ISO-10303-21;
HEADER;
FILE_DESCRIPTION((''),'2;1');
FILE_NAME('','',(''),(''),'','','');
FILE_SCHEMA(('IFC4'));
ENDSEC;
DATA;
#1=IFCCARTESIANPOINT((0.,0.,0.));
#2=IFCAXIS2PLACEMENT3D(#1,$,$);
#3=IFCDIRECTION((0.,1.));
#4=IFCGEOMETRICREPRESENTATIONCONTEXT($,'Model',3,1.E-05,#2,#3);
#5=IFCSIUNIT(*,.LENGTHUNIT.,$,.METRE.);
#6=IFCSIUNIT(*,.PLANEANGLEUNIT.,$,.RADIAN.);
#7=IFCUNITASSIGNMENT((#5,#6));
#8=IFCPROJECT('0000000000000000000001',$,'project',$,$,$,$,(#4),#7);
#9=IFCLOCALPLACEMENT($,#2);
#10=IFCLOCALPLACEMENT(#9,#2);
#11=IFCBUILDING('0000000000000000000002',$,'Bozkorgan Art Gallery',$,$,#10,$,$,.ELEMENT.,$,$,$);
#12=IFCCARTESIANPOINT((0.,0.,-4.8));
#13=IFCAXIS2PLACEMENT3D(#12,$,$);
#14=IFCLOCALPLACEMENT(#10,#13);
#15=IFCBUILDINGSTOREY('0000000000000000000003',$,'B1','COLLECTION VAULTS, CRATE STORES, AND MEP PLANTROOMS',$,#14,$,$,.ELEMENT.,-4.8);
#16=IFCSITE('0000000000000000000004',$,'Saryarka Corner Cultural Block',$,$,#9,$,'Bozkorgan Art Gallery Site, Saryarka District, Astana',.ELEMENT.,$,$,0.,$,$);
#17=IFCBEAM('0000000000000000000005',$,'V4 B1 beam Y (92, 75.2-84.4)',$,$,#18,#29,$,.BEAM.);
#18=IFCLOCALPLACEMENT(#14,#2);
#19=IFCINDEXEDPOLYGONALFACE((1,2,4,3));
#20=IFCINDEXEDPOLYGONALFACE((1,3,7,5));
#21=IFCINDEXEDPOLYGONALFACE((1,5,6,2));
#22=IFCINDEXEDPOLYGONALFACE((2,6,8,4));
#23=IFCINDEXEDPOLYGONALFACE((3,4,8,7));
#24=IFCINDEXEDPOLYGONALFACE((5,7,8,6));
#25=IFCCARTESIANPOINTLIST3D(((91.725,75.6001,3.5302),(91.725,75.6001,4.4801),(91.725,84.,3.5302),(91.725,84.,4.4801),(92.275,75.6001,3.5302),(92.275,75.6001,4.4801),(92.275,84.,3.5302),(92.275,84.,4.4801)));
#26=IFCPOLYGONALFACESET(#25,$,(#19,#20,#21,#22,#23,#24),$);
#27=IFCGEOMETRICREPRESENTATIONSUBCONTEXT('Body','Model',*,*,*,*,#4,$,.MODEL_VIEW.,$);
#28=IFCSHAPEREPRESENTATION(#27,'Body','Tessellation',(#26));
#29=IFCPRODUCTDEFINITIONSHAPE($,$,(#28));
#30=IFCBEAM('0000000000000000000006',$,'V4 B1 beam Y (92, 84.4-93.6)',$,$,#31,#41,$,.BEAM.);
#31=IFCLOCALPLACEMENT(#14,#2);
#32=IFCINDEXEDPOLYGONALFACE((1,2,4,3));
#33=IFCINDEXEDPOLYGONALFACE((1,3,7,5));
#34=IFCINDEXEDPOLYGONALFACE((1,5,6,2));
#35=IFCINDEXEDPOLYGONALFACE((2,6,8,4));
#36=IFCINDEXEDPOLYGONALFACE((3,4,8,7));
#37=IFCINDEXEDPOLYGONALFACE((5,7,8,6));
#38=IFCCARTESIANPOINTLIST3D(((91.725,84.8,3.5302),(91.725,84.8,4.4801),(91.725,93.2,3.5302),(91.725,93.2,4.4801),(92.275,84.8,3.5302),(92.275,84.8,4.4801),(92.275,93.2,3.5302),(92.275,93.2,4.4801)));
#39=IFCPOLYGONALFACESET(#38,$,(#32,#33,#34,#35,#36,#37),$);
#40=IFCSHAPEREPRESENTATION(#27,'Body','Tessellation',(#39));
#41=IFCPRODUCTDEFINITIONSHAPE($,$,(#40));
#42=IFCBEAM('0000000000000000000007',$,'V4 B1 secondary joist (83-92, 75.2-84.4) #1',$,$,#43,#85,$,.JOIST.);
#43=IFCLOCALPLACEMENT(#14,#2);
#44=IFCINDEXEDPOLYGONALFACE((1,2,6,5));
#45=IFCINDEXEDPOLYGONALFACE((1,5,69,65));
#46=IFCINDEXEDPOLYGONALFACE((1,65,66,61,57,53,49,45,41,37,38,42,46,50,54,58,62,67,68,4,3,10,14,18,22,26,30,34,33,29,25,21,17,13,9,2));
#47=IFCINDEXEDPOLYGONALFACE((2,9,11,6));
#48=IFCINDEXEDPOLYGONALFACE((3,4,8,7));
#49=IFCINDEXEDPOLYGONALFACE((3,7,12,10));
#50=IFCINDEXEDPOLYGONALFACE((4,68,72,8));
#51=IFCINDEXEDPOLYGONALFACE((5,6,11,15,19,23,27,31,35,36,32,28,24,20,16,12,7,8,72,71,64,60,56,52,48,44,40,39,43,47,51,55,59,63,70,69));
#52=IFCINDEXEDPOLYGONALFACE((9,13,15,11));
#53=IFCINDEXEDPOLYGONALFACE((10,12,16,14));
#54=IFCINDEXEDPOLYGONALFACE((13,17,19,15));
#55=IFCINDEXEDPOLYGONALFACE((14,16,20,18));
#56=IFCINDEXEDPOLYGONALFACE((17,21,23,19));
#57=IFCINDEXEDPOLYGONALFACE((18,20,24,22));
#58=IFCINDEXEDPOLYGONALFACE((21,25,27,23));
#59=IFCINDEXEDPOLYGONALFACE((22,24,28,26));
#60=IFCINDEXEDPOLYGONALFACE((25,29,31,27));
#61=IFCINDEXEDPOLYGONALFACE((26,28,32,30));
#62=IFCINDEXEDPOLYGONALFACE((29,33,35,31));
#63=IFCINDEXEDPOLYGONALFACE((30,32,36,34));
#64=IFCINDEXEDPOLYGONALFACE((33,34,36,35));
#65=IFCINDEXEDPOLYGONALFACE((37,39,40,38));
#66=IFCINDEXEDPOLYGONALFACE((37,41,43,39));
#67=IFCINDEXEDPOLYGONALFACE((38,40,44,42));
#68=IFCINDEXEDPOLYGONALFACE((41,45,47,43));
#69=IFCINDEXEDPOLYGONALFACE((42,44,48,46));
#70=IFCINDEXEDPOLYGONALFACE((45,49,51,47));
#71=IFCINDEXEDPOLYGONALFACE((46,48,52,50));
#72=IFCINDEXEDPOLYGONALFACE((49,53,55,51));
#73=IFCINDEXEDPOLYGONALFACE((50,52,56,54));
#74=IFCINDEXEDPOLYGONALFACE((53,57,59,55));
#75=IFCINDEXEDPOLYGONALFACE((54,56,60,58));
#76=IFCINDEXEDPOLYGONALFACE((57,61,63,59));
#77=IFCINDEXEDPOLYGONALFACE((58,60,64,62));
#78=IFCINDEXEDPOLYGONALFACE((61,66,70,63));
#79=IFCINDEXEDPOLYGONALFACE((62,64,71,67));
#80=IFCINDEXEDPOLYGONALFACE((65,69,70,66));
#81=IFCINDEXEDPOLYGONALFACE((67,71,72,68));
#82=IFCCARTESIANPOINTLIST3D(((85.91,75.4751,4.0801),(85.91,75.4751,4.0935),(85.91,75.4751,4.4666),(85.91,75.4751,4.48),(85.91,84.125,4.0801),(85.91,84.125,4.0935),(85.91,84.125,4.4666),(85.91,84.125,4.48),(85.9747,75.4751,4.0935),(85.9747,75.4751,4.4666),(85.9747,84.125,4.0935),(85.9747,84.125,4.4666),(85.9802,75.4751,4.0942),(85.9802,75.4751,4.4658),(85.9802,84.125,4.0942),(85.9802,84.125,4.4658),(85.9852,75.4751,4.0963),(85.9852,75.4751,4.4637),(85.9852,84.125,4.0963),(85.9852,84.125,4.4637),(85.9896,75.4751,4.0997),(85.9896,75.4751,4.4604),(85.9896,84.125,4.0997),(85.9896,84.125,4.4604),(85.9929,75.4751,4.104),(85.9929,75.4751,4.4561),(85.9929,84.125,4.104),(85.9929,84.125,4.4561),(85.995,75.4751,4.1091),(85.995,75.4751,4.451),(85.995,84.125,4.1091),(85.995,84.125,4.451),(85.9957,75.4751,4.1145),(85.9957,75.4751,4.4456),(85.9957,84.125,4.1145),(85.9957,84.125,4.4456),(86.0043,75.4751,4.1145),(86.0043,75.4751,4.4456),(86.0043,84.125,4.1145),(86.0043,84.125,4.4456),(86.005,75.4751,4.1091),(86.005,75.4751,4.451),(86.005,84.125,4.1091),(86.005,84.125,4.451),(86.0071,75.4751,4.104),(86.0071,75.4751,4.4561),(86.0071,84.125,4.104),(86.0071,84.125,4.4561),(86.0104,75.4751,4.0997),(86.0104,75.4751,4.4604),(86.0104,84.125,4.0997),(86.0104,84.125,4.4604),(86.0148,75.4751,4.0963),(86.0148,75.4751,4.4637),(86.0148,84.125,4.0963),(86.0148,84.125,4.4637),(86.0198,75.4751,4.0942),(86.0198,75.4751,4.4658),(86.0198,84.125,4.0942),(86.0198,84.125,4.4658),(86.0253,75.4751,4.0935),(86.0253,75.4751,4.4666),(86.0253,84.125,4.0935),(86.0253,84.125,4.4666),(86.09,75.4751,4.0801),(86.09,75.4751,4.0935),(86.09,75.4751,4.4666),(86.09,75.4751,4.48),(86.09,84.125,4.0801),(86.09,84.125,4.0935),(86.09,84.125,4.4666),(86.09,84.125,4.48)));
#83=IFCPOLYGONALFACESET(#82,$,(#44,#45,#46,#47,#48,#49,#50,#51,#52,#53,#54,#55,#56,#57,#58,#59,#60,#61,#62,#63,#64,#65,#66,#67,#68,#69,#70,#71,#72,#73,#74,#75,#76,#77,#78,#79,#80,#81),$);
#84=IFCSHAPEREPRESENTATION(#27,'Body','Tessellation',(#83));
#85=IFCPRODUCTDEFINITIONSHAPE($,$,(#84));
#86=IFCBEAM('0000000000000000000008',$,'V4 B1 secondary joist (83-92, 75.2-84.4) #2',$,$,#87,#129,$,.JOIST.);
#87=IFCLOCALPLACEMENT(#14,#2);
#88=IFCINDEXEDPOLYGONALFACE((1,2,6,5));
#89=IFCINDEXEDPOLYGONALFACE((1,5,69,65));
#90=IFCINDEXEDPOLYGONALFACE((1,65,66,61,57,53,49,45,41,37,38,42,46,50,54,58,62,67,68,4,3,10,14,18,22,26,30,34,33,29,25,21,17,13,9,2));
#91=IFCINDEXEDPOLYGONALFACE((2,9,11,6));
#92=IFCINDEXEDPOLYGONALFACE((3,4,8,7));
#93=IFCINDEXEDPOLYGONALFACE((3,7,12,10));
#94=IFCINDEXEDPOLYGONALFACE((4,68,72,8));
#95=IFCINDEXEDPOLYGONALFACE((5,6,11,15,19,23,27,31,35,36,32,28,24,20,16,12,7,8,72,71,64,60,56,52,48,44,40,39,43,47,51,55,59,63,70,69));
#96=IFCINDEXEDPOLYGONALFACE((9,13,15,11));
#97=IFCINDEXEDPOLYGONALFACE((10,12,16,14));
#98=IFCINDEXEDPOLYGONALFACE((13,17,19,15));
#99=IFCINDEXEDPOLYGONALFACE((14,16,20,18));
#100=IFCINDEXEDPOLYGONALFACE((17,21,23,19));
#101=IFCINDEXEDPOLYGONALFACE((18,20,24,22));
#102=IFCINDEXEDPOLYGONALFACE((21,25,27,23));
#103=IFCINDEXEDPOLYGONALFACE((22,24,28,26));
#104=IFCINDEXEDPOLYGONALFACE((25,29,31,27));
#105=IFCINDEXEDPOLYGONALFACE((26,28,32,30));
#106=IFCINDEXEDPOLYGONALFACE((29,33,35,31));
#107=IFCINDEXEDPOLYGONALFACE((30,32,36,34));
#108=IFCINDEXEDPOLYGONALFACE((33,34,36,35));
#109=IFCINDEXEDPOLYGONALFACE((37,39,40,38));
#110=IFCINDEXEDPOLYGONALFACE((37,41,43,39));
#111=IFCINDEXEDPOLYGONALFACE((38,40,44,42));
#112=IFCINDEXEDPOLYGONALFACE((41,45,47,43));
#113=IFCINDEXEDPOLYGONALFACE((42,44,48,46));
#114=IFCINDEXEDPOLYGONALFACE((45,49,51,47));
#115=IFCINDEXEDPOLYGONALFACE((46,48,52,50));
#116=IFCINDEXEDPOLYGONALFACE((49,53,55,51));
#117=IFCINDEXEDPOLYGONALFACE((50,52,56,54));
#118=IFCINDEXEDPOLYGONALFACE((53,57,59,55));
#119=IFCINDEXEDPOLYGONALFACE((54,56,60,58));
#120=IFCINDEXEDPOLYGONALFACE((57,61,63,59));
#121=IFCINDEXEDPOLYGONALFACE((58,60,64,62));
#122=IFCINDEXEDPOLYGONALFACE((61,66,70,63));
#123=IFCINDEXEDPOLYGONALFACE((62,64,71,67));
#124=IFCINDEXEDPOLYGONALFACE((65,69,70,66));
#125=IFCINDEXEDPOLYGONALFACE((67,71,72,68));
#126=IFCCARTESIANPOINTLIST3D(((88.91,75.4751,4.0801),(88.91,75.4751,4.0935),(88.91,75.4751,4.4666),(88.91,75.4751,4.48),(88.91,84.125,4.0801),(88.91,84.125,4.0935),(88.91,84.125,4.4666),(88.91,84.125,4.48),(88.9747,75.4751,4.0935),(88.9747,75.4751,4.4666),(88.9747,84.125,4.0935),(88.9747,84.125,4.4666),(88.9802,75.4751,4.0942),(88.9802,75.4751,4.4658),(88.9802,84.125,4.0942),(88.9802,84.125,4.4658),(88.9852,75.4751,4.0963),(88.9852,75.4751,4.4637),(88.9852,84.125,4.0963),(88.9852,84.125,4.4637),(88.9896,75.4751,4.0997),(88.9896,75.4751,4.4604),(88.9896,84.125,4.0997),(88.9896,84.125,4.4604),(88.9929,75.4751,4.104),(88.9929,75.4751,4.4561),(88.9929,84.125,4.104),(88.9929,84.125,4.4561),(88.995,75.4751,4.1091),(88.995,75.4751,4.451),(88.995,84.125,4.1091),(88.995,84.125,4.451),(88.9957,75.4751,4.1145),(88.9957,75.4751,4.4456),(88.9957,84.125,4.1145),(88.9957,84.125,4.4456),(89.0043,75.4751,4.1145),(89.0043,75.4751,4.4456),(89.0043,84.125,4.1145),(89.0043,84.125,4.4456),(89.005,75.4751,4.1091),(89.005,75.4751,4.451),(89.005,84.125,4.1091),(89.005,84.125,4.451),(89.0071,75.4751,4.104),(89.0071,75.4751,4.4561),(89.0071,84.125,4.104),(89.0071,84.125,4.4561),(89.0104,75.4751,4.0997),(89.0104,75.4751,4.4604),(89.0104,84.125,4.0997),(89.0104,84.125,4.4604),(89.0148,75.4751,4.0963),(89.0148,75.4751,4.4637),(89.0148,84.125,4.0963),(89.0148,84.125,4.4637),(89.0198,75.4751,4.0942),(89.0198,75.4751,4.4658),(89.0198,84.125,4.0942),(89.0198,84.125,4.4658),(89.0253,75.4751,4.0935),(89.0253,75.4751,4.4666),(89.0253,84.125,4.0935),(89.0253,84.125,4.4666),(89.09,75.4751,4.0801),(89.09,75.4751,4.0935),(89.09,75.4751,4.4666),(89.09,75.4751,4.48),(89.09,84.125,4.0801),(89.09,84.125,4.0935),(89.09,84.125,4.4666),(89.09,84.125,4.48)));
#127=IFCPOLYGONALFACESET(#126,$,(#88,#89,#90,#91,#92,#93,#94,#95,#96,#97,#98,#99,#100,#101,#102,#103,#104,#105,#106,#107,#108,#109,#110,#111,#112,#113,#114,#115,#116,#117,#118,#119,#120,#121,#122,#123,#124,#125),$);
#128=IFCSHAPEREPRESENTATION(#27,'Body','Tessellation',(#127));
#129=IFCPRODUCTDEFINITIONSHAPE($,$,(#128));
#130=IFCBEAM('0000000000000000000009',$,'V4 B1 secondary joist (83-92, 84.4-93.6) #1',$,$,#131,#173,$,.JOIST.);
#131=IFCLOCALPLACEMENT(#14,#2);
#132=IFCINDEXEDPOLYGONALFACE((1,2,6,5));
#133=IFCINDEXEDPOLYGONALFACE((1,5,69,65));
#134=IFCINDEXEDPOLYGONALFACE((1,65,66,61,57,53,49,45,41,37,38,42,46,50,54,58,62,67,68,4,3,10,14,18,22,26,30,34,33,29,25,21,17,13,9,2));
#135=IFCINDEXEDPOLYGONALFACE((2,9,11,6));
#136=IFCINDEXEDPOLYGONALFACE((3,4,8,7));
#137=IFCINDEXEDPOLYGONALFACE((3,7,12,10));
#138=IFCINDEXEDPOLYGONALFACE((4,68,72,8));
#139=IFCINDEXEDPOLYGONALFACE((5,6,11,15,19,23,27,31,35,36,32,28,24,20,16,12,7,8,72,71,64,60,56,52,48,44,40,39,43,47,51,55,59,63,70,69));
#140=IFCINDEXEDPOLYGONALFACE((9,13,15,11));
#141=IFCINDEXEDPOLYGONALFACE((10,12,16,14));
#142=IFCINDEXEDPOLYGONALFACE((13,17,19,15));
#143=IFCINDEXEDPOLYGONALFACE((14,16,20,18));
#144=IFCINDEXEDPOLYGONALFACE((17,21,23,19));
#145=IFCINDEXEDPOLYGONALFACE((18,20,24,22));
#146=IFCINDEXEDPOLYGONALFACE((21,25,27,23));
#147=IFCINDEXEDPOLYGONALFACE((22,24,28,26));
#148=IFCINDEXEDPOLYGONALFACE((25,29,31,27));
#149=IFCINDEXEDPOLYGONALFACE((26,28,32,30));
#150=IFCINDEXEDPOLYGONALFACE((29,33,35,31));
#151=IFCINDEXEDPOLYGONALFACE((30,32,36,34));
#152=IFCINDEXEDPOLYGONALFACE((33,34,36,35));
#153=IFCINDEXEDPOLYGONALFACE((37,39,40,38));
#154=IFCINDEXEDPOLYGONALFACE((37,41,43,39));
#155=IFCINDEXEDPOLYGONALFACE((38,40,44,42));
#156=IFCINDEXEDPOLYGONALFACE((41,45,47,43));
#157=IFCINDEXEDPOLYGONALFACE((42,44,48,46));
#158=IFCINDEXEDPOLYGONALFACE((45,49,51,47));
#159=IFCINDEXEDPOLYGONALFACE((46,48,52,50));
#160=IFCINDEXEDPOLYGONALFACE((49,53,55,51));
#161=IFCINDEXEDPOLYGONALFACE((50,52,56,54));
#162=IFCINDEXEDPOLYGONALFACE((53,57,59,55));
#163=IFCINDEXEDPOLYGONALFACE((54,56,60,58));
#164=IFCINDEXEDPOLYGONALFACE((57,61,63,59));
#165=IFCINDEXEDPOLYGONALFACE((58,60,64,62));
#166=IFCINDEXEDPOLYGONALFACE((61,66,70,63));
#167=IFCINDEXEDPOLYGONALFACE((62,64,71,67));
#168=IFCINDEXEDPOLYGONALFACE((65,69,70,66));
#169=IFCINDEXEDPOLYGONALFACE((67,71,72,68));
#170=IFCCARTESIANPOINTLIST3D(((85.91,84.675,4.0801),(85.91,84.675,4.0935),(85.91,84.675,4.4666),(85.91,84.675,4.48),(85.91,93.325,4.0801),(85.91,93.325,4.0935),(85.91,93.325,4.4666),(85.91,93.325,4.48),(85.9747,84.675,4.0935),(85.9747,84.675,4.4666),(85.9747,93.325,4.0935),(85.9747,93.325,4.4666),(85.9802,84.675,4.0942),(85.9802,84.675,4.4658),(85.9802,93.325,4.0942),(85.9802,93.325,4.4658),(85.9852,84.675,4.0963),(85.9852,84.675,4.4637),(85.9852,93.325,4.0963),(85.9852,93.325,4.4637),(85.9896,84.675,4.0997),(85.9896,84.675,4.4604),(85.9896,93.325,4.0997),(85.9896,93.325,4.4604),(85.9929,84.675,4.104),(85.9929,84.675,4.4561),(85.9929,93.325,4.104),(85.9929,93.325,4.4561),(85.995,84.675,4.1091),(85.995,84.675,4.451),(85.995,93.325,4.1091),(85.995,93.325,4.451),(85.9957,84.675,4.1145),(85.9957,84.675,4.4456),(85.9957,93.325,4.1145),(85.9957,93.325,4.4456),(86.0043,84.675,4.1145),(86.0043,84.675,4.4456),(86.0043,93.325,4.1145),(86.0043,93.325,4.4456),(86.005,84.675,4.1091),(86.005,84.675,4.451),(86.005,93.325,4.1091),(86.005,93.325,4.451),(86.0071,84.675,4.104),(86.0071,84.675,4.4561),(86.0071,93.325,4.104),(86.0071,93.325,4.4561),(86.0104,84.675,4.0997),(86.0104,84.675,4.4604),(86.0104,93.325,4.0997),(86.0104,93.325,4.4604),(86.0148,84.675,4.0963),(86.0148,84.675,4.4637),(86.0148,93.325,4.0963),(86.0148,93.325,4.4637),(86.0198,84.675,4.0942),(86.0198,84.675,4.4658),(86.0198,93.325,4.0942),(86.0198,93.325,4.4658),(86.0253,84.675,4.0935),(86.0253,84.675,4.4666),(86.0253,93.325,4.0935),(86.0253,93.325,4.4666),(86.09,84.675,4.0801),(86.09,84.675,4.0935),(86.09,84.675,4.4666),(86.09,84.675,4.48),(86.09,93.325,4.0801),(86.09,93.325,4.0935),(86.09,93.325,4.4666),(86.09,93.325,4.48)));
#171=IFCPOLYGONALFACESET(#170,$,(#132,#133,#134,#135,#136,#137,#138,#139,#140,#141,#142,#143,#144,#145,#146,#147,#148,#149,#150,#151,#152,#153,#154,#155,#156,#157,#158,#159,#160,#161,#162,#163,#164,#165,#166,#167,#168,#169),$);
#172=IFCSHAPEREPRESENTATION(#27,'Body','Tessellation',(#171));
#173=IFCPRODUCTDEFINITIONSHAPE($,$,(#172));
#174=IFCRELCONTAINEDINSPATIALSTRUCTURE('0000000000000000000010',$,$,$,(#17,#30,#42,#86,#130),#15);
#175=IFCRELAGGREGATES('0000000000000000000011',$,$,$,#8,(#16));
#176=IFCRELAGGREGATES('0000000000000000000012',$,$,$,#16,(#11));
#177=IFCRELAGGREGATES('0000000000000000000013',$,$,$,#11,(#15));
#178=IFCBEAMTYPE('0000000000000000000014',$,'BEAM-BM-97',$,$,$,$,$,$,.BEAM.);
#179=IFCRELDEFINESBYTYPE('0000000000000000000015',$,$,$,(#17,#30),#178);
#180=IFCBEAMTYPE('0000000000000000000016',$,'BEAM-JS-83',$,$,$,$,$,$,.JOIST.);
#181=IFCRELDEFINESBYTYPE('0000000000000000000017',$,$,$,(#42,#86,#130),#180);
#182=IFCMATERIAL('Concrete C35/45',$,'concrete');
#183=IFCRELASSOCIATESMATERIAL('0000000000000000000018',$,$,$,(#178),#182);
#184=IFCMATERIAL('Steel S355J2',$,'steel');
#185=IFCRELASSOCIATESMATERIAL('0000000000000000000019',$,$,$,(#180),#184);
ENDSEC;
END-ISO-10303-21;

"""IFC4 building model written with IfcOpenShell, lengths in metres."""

from ifc_helpers import new_model, si_unit, direction, frame, origin, origin_2d, place, context, subcontext, project, spatial, rectangle, i_section, extrude, material, material_profile, profile_set, type_object, element, save


model = new_model("IFC4")

# Units and contexts
model_context = context("Model", 3, precision=1e-05, world=origin(), true_north=direction((0.0, 1.0)))
body_context = subcontext(model_context, "Body", "Model", "MODEL_VIEW")
ifc_project = project(units=[si_unit("LENGTHUNIT", "METRE"), si_unit("PLANEANGLEUNIT", "RADIAN")], contexts=[model_context])

# Site, building, storey
site_placement = place(None, origin())
site = spatial("IfcSite", under=ifc_project, at=site_placement, Name="Saryarka Corner Cultural Block", LongName="Bozkorgan Art Gallery Site, Saryarka District, Astana", CompositionType="ELEMENT", RefElevation=0.0)
building_placement = place(site_placement, origin())
building = spatial("IfcBuilding", under=site, at=building_placement, Name="Bozkorgan Art Gallery", CompositionType="ELEMENT")
storey_placement = place(building_placement, frame((0.0, 0.0, -4.8)))
storey = spatial("IfcBuildingStorey", under=building, at=storey_placement, Name="B1", Description="COLLECTION VAULTS, CRATE STORES, AND MEP PLANTROOMS", CompositionType="ELEMENT", Elevation=-4.8)

# Beams
ifc_material_1 = material(Name="Concrete C35/45", Category="concrete")
ifc_material_profile_1 = material_profile(ifc_material_1, rectangle(XDim=0.55, YDim=0.95, at=origin_2d()), Name="RC 550x950")
ifc_profile_set_1 = profile_set([ifc_material_profile_1], Name="Concrete C35/45")
beam_type_1 = type_object("IfcBeamType", Name="BEAM-BM-97", PredefinedType="BEAM", material=ifc_profile_set_1)
for number, where, z_axis, x_axis, name in (
    (1, (92.0, 75.6001, 4.0051), (0.0, 1.0, 0.0), (-1.0, 0.0, 0.0), "V4 B1 beam Y (92, 75.2-84.4)"),
    (2, (92.0, 84.8, 4.0051), (0.0, 1.0, 0.0), (-1.0, 0.0, 0.0), "V4 B1 beam Y (92, 84.4-93.6)"),
):
    element("IfcBeam", number, at=place(storey_placement, frame(where, z_axis=z_axis, x_axis=x_axis)), inside=storey, type_object=beam_type_1, Name=name, PredefinedType="BEAM", context=body_context, shape_type="SweptSolid", body=[
        extrude(rectangle(XDim=0.55, YDim=0.95, at=origin_2d()), origin(), (0.0, 0.0, 1.0), 8.3999),
    ])
ifc_material_2 = material(Name="Steel S355J2", Category="steel")
ifc_material_profile_2 = material_profile(ifc_material_2, i_section(OverallWidth=0.1799, OverallDepth=0.3999, WebThickness=0.0085, FlangeThickness=0.0134, FilletRadius=0.021, at=origin_2d()), Name="IPE 400")
ifc_profile_set_2 = profile_set([ifc_material_profile_2], Name="Steel S355J2")
beam_type_2 = type_object("IfcBeamType", Name="BEAM-JS-83", PredefinedType="JOIST", material=ifc_profile_set_2)
for number, where, z_axis, x_axis, name in (
    (3, (86.0, 75.4751, 4.28), (0.0, 1.0, 0.0), (-1.0, 0.0, 0.0), "V4 B1 secondary joist (83-92, 75.2-84.4) #1"),
    (4, (89.0, 75.4751, 4.28), (0.0, 1.0, 0.0), (-1.0, 0.0, 0.0), "V4 B1 secondary joist (83-92, 75.2-84.4) #2"),
    (5, (86.0, 84.675, 4.28), (0.0, 1.0, 0.0), (-1.0, 0.0, 0.0), "V4 B1 secondary joist (83-92, 84.4-93.6) #1"),
):
    element("IfcBeam", number, at=place(storey_placement, frame(where, z_axis=z_axis, x_axis=x_axis)), inside=storey, type_object=beam_type_2, Name=name, PredefinedType="JOIST", context=body_context, shape_type="SweptSolid", body=[
        extrude(i_section(OverallWidth=0.1799, OverallDepth=0.3999, WebThickness=0.0085, FlangeThickness=0.0134, FilletRadius=0.021, at=origin_2d()), origin(), (0.0, 0.0, 1.0), 8.6499),
    ])

save(model, "model.ifc")
